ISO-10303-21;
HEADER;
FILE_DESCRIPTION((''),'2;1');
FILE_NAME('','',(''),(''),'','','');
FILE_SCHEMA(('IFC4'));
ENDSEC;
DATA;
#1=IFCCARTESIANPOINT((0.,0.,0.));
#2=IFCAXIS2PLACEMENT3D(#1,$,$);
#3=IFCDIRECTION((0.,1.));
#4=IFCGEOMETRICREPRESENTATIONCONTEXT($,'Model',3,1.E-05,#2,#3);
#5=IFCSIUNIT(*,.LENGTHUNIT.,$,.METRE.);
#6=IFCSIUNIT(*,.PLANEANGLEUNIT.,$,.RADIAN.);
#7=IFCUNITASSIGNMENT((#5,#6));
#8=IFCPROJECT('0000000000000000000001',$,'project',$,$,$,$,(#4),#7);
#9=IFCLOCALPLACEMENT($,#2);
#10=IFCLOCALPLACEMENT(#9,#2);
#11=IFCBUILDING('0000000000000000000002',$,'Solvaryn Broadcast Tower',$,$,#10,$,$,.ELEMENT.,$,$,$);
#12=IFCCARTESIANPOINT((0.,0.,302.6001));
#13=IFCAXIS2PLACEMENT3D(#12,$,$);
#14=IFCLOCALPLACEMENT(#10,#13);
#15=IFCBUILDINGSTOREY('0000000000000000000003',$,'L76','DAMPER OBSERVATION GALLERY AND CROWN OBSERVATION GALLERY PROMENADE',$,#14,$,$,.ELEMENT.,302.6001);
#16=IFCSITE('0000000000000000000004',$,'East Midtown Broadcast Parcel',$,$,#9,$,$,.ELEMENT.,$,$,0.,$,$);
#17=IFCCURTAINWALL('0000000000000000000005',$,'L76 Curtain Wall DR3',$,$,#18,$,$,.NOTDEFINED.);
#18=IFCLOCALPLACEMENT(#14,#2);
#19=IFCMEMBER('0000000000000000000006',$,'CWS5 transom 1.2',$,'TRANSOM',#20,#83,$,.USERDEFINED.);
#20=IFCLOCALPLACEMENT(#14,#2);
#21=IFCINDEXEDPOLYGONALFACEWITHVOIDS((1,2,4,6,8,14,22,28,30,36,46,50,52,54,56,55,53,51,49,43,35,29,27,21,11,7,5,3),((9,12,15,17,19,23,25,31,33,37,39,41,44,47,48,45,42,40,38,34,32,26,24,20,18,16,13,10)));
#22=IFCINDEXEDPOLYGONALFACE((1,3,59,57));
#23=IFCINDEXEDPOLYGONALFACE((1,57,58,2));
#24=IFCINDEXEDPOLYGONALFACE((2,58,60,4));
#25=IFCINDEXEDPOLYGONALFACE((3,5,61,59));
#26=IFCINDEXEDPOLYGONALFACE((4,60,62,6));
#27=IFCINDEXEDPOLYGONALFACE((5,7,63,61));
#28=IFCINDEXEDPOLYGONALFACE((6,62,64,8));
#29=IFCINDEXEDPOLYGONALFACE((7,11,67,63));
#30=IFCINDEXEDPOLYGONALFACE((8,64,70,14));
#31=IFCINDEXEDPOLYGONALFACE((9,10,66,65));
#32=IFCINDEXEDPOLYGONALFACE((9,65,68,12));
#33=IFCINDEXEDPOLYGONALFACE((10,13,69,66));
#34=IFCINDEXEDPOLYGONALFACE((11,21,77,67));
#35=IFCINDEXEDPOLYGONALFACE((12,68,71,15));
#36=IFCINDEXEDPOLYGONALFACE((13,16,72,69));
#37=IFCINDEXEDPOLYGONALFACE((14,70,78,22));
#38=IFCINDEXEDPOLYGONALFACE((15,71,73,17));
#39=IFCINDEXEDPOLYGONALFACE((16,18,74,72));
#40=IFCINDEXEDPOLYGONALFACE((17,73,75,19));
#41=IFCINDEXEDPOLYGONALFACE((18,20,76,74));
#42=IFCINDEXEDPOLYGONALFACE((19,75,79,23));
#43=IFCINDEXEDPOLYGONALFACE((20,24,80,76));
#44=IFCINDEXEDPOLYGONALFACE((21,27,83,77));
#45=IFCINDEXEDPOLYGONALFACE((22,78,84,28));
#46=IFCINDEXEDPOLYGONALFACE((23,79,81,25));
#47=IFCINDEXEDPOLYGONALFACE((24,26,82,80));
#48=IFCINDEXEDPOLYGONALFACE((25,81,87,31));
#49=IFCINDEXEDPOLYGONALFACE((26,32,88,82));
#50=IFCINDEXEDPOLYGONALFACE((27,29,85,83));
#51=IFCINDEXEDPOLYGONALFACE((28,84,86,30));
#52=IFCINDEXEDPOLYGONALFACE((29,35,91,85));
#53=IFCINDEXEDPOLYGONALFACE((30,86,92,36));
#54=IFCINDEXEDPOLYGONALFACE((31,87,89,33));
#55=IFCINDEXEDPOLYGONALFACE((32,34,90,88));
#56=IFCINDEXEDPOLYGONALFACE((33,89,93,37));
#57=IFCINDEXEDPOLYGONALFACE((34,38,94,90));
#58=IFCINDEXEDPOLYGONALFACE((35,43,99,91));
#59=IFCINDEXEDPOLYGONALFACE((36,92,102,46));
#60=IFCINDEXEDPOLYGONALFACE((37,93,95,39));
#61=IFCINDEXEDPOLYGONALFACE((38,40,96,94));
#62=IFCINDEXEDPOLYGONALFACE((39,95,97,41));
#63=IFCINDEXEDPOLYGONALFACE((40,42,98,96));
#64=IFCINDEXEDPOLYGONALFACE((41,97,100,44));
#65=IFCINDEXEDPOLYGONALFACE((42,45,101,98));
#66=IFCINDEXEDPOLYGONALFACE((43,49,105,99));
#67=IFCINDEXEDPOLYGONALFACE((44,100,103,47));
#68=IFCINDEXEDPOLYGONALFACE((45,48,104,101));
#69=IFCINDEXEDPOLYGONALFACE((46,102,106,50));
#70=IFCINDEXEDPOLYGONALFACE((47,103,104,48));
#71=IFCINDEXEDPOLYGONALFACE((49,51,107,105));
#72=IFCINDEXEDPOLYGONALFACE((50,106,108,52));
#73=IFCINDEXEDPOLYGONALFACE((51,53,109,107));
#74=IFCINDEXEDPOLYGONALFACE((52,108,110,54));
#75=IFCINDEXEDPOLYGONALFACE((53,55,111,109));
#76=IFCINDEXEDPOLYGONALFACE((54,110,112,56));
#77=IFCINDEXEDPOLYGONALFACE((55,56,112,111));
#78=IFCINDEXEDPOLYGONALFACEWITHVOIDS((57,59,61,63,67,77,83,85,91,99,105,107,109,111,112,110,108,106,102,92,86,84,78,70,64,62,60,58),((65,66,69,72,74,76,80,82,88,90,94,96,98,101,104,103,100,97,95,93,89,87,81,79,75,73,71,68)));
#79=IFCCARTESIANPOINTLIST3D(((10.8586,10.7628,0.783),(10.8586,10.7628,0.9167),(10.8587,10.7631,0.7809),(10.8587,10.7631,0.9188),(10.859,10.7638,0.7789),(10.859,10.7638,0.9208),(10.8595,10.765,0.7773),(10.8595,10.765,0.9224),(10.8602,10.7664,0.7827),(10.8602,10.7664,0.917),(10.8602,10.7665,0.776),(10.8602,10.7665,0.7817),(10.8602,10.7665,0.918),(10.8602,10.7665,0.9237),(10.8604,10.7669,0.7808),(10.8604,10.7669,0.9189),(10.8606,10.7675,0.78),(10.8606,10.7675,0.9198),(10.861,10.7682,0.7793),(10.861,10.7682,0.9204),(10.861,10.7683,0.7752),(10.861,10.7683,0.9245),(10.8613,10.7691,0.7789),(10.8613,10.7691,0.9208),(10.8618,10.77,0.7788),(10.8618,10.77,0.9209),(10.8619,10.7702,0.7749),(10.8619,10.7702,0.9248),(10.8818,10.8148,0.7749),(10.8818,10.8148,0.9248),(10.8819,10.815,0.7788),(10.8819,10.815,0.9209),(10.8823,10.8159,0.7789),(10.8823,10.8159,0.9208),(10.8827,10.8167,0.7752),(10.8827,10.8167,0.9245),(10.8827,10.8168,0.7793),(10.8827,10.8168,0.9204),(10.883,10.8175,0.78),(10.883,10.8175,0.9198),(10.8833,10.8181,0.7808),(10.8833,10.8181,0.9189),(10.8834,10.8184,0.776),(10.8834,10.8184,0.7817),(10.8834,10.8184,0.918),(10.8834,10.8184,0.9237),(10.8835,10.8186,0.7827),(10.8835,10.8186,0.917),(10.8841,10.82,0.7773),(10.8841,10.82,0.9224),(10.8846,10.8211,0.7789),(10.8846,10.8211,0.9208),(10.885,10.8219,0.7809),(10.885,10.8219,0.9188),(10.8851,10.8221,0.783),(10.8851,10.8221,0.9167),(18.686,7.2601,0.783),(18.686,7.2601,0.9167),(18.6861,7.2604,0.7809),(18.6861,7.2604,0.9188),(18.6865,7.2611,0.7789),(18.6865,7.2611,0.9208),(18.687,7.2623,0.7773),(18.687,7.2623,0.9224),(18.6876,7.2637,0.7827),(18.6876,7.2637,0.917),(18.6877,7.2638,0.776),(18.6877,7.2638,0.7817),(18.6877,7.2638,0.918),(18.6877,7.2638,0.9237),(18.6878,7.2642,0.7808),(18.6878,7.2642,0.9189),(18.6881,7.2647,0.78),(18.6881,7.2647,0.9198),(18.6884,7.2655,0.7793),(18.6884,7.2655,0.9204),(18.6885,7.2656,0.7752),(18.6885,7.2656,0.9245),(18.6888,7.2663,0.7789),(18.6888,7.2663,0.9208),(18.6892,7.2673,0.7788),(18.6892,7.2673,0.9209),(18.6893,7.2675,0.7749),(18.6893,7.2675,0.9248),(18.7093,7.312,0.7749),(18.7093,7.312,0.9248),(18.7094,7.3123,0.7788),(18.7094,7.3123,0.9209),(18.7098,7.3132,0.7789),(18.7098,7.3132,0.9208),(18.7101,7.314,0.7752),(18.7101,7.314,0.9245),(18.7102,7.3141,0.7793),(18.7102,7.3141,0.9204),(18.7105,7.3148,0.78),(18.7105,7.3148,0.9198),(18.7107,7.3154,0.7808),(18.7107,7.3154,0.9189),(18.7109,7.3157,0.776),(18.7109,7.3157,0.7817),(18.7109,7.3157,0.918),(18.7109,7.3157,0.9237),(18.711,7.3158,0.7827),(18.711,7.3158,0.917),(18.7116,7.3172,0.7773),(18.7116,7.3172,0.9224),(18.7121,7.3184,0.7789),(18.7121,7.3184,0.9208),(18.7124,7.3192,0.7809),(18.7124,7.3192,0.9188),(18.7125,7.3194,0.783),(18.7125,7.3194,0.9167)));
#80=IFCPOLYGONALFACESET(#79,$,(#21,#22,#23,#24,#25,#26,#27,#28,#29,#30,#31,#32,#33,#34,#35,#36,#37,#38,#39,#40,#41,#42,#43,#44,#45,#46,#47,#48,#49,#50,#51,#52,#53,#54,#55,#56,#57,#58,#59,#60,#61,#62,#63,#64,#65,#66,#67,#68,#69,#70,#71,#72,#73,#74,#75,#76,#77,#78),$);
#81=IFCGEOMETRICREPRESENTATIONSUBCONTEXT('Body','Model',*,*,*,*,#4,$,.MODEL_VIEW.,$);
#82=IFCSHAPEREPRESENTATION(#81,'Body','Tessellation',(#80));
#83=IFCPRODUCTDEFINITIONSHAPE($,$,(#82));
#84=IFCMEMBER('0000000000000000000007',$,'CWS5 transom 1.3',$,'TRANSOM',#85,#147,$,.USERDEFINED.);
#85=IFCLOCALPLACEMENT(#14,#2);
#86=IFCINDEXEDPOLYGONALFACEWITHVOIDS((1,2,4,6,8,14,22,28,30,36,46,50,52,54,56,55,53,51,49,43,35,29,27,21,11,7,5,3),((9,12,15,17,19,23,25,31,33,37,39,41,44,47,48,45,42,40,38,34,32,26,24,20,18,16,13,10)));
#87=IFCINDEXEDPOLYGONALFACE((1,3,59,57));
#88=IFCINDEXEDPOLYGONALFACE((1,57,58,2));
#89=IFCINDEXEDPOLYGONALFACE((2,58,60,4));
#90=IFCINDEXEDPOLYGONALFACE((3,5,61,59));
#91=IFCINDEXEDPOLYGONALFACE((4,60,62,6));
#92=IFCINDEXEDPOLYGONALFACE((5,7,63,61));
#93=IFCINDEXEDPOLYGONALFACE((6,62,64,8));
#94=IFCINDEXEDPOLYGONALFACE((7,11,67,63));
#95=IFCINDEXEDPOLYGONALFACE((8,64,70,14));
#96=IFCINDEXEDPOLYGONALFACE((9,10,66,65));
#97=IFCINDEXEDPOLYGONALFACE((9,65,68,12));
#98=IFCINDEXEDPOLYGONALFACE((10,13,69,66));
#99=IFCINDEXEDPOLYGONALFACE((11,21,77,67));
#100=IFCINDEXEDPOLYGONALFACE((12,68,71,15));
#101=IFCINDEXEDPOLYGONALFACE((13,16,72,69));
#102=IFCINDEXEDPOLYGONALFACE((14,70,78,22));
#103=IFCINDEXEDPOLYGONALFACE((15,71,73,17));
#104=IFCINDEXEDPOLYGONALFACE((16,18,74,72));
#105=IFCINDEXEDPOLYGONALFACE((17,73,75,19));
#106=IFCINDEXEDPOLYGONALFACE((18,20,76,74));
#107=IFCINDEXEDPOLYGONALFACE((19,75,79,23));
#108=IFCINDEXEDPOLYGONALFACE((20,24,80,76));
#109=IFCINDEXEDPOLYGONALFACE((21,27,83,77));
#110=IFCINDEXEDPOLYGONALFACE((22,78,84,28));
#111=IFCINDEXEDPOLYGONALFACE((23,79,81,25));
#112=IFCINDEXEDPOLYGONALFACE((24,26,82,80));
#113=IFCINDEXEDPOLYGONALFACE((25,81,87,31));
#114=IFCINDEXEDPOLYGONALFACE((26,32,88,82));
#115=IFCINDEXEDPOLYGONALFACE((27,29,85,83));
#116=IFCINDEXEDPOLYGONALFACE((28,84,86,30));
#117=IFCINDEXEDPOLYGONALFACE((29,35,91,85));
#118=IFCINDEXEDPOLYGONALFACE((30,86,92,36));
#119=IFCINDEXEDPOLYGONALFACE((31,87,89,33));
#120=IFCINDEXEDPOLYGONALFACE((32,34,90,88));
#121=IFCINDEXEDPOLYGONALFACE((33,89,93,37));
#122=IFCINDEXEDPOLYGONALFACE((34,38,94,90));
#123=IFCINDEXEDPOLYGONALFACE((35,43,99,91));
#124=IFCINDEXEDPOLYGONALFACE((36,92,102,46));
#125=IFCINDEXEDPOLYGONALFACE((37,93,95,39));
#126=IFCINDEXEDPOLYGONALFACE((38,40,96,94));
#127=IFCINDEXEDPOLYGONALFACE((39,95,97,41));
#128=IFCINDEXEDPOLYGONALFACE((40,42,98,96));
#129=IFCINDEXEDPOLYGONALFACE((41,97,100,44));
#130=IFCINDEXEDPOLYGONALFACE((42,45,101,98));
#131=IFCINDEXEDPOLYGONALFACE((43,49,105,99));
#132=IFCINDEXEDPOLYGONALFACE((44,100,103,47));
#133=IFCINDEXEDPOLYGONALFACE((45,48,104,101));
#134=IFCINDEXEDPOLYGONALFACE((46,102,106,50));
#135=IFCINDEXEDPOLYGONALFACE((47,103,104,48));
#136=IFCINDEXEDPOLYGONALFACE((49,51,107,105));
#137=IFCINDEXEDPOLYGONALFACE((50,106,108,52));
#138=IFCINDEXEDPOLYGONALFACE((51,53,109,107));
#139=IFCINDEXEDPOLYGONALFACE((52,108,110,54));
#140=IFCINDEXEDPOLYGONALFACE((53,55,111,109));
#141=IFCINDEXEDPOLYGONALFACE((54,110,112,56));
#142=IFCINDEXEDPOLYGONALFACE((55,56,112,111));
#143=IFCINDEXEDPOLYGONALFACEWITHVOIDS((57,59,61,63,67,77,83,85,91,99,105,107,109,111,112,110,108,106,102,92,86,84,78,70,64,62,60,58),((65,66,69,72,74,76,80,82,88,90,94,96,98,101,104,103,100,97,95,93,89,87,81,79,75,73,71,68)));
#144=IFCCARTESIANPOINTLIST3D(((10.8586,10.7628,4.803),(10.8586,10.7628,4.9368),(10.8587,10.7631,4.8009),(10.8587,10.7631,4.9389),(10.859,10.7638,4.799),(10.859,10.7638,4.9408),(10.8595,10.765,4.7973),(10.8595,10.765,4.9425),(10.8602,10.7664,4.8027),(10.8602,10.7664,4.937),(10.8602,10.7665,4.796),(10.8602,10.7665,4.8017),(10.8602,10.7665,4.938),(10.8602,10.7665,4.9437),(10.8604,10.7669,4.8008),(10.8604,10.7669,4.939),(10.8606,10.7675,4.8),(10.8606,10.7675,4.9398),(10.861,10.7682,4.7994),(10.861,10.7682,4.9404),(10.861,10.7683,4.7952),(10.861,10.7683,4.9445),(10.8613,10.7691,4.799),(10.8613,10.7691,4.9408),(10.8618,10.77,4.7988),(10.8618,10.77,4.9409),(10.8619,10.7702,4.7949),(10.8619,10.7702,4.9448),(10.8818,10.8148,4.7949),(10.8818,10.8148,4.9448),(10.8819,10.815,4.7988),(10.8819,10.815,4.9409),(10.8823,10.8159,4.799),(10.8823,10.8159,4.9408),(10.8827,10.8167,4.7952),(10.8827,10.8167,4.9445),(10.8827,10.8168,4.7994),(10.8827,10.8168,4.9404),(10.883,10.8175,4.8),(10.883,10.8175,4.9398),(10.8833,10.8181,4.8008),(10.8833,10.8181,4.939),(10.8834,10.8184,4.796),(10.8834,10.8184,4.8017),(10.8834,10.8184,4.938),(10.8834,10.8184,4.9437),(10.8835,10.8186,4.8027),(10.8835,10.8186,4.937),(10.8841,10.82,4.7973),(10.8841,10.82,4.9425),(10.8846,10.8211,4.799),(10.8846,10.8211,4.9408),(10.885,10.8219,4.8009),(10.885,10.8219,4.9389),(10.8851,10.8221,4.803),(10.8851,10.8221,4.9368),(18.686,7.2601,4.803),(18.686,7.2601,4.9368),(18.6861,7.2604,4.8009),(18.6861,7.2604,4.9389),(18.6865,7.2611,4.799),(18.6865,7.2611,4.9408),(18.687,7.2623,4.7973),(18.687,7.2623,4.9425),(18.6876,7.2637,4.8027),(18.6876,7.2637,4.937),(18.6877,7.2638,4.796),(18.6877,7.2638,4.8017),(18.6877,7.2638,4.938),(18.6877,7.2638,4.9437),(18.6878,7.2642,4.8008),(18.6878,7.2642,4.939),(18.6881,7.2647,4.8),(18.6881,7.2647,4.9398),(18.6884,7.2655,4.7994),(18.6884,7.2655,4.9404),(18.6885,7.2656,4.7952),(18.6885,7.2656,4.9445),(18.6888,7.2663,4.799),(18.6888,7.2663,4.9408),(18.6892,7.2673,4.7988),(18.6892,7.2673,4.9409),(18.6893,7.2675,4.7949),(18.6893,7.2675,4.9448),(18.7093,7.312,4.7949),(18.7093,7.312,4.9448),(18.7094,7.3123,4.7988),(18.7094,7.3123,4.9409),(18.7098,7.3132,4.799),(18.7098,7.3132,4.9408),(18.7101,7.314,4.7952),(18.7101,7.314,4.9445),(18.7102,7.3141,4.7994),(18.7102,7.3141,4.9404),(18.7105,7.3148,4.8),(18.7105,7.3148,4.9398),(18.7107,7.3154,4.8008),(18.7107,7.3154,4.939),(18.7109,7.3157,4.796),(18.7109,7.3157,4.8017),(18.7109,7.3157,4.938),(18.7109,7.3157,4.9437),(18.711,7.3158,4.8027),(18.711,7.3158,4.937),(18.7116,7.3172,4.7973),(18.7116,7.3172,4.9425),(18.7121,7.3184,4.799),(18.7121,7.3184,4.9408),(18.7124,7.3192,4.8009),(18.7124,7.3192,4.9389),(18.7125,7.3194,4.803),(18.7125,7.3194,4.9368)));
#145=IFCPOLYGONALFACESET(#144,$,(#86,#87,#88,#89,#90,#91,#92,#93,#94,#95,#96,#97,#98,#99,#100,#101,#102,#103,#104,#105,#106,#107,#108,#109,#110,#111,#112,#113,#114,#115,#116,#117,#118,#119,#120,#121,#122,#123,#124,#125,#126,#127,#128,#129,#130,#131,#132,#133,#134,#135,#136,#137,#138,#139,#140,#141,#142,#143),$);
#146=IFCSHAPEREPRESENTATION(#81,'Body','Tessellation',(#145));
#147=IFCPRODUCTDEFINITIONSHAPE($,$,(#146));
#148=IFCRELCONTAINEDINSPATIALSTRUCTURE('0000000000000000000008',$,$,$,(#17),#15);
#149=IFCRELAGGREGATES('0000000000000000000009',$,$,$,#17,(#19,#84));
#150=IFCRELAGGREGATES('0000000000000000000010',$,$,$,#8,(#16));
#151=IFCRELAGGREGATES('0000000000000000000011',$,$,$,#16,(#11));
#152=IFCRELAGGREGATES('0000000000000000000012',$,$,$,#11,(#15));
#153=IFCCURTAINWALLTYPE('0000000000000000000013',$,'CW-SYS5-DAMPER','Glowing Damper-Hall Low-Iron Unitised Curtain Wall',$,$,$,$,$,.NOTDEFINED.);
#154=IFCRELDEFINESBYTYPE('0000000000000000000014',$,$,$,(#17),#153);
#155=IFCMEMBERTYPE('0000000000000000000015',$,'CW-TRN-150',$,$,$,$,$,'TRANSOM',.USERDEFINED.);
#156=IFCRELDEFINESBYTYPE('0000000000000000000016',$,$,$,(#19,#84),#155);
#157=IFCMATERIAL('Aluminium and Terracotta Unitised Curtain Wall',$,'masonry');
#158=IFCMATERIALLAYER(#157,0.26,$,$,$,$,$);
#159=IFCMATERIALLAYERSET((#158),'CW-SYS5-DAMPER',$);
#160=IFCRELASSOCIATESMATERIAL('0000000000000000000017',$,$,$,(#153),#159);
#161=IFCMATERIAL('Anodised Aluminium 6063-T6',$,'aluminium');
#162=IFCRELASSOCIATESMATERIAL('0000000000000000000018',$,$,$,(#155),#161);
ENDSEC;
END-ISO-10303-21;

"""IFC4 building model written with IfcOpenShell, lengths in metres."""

from ifc_helpers import new_model, si_unit, direction, frame, origin, origin_2d, place, context, subcontext, project, spatial, hollow_rectangle, extrude, material, layer, layer_set, material_profile, profile_set, type_object, element, aggregate, save


model = new_model("IFC4")

# Units and contexts
model_context = context("Model", 3, precision=1e-05, world=origin(), true_north=direction((0.0, 1.0)))
body_context = subcontext(model_context, "Body", "Model", "MODEL_VIEW")
ifc_project = project(units=[si_unit("LENGTHUNIT", "METRE"), si_unit("PLANEANGLEUNIT", "RADIAN")], contexts=[model_context])

# Site, building, storey
site_placement = place(None, origin())
site = spatial("IfcSite", under=ifc_project, at=site_placement, Name="East Midtown Broadcast Parcel", CompositionType="ELEMENT", RefElevation=0.0)
building_placement = place(site_placement, origin())
building = spatial("IfcBuilding", under=site, at=building_placement, Name="Solvaryn Broadcast Tower", CompositionType="ELEMENT")
storey_placement = place(building_placement, frame((0.0, 0.0, 302.6001)))
storey = spatial("IfcBuildingStorey", under=building, at=storey_placement, Name="L76", Description="DAMPER OBSERVATION GALLERY AND CROWN OBSERVATION GALLERY PROMENADE", CompositionType="ELEMENT", Elevation=302.6001)

# Shared definitions
ifc_material_1 = material(Name="Aluminium and Terracotta Unitised Curtain Wall", Category="masonry")
ifc_layer_1 = layer(ifc_material_1, 0.26)
ifc_layer_set_1 = layer_set([ifc_layer_1], Name="CW-SYS5-DAMPER")
curtain_wall_type = type_object("IfcCurtainWallType", Name="CW-SYS5-DAMPER", Description="Glowing Damper-Hall Low-Iron Unitised Curtain Wall", PredefinedType="NOTDEFINED", material=ifc_layer_set_1)

# Curtain wall, members
curtain_wall_1_placement = place(storey_placement, origin())
curtain_wall_1 = element("IfcCurtainWall", 1, at=curtain_wall_1_placement, inside=storey, type_object=curtain_wall_type, Name="L76 Curtain Wall DR3", PredefinedType="NOTDEFINED")
ifc_material_2 = material(Name="Anodised Aluminium 6063-T6", Category="aluminium")
ifc_material_profile_1 = material_profile(ifc_material_2, hollow_rectangle(XDim=0.0649, YDim=0.1499, WallThickness=0.0039, InnerFilletRadius=0.0039, OuterFilletRadius=0.0081, at=origin_2d()))
ifc_profile_set_1 = profile_set([ifc_material_profile_1], Name="Anodised Aluminium 6063-T6")
member_type_1 = type_object("IfcMemberType", Name="CW-TRN-150", ElementType="TRANSOM", PredefinedType="USERDEFINED", material=ifc_profile_set_1)
member_1_placement = place(storey_placement, frame((10.8718, 10.7925, 0.8499), z_axis=(0.912777, -0.408459, 0.0), x_axis=(0.408459, 0.912777, 0.0)))
member_1 = element("IfcMember", 2, at=member_1_placement, type_object=member_type_1, Name="CWS5 transom 1.2", ObjectType="TRANSOM", PredefinedType="USERDEFINED", context=body_context, shape_type="SweptSolid", body=[
    extrude(hollow_rectangle(XDim=0.0649, YDim=0.1499, WallThickness=0.0039, InnerFilletRadius=0.0039, OuterFilletRadius=0.0081, at=origin_2d()), origin(), (0.0, 0.0, 1.0), 8.5754),
])
member_2_placement = place(storey_placement, frame((10.8718, 10.7925, 4.8699), z_axis=(0.912777, -0.408459, 0.0), x_axis=(0.408459, 0.912777, 0.0)))
member_2 = element("IfcMember", 3, at=member_2_placement, type_object=member_type_1, Name="CWS5 transom 1.3", ObjectType="TRANSOM", PredefinedType="USERDEFINED", context=body_context, shape_type="SweptSolid", body=[
    extrude(hollow_rectangle(XDim=0.0649, YDim=0.1499, WallThickness=0.0039, InnerFilletRadius=0.0039, OuterFilletRadius=0.0081, at=origin_2d()), origin(), (0.0, 0.0, 1.0), 8.5754),
])

aggregate(curtain_wall_1, [member_1, member_2])

save(model, "model.ifc")
